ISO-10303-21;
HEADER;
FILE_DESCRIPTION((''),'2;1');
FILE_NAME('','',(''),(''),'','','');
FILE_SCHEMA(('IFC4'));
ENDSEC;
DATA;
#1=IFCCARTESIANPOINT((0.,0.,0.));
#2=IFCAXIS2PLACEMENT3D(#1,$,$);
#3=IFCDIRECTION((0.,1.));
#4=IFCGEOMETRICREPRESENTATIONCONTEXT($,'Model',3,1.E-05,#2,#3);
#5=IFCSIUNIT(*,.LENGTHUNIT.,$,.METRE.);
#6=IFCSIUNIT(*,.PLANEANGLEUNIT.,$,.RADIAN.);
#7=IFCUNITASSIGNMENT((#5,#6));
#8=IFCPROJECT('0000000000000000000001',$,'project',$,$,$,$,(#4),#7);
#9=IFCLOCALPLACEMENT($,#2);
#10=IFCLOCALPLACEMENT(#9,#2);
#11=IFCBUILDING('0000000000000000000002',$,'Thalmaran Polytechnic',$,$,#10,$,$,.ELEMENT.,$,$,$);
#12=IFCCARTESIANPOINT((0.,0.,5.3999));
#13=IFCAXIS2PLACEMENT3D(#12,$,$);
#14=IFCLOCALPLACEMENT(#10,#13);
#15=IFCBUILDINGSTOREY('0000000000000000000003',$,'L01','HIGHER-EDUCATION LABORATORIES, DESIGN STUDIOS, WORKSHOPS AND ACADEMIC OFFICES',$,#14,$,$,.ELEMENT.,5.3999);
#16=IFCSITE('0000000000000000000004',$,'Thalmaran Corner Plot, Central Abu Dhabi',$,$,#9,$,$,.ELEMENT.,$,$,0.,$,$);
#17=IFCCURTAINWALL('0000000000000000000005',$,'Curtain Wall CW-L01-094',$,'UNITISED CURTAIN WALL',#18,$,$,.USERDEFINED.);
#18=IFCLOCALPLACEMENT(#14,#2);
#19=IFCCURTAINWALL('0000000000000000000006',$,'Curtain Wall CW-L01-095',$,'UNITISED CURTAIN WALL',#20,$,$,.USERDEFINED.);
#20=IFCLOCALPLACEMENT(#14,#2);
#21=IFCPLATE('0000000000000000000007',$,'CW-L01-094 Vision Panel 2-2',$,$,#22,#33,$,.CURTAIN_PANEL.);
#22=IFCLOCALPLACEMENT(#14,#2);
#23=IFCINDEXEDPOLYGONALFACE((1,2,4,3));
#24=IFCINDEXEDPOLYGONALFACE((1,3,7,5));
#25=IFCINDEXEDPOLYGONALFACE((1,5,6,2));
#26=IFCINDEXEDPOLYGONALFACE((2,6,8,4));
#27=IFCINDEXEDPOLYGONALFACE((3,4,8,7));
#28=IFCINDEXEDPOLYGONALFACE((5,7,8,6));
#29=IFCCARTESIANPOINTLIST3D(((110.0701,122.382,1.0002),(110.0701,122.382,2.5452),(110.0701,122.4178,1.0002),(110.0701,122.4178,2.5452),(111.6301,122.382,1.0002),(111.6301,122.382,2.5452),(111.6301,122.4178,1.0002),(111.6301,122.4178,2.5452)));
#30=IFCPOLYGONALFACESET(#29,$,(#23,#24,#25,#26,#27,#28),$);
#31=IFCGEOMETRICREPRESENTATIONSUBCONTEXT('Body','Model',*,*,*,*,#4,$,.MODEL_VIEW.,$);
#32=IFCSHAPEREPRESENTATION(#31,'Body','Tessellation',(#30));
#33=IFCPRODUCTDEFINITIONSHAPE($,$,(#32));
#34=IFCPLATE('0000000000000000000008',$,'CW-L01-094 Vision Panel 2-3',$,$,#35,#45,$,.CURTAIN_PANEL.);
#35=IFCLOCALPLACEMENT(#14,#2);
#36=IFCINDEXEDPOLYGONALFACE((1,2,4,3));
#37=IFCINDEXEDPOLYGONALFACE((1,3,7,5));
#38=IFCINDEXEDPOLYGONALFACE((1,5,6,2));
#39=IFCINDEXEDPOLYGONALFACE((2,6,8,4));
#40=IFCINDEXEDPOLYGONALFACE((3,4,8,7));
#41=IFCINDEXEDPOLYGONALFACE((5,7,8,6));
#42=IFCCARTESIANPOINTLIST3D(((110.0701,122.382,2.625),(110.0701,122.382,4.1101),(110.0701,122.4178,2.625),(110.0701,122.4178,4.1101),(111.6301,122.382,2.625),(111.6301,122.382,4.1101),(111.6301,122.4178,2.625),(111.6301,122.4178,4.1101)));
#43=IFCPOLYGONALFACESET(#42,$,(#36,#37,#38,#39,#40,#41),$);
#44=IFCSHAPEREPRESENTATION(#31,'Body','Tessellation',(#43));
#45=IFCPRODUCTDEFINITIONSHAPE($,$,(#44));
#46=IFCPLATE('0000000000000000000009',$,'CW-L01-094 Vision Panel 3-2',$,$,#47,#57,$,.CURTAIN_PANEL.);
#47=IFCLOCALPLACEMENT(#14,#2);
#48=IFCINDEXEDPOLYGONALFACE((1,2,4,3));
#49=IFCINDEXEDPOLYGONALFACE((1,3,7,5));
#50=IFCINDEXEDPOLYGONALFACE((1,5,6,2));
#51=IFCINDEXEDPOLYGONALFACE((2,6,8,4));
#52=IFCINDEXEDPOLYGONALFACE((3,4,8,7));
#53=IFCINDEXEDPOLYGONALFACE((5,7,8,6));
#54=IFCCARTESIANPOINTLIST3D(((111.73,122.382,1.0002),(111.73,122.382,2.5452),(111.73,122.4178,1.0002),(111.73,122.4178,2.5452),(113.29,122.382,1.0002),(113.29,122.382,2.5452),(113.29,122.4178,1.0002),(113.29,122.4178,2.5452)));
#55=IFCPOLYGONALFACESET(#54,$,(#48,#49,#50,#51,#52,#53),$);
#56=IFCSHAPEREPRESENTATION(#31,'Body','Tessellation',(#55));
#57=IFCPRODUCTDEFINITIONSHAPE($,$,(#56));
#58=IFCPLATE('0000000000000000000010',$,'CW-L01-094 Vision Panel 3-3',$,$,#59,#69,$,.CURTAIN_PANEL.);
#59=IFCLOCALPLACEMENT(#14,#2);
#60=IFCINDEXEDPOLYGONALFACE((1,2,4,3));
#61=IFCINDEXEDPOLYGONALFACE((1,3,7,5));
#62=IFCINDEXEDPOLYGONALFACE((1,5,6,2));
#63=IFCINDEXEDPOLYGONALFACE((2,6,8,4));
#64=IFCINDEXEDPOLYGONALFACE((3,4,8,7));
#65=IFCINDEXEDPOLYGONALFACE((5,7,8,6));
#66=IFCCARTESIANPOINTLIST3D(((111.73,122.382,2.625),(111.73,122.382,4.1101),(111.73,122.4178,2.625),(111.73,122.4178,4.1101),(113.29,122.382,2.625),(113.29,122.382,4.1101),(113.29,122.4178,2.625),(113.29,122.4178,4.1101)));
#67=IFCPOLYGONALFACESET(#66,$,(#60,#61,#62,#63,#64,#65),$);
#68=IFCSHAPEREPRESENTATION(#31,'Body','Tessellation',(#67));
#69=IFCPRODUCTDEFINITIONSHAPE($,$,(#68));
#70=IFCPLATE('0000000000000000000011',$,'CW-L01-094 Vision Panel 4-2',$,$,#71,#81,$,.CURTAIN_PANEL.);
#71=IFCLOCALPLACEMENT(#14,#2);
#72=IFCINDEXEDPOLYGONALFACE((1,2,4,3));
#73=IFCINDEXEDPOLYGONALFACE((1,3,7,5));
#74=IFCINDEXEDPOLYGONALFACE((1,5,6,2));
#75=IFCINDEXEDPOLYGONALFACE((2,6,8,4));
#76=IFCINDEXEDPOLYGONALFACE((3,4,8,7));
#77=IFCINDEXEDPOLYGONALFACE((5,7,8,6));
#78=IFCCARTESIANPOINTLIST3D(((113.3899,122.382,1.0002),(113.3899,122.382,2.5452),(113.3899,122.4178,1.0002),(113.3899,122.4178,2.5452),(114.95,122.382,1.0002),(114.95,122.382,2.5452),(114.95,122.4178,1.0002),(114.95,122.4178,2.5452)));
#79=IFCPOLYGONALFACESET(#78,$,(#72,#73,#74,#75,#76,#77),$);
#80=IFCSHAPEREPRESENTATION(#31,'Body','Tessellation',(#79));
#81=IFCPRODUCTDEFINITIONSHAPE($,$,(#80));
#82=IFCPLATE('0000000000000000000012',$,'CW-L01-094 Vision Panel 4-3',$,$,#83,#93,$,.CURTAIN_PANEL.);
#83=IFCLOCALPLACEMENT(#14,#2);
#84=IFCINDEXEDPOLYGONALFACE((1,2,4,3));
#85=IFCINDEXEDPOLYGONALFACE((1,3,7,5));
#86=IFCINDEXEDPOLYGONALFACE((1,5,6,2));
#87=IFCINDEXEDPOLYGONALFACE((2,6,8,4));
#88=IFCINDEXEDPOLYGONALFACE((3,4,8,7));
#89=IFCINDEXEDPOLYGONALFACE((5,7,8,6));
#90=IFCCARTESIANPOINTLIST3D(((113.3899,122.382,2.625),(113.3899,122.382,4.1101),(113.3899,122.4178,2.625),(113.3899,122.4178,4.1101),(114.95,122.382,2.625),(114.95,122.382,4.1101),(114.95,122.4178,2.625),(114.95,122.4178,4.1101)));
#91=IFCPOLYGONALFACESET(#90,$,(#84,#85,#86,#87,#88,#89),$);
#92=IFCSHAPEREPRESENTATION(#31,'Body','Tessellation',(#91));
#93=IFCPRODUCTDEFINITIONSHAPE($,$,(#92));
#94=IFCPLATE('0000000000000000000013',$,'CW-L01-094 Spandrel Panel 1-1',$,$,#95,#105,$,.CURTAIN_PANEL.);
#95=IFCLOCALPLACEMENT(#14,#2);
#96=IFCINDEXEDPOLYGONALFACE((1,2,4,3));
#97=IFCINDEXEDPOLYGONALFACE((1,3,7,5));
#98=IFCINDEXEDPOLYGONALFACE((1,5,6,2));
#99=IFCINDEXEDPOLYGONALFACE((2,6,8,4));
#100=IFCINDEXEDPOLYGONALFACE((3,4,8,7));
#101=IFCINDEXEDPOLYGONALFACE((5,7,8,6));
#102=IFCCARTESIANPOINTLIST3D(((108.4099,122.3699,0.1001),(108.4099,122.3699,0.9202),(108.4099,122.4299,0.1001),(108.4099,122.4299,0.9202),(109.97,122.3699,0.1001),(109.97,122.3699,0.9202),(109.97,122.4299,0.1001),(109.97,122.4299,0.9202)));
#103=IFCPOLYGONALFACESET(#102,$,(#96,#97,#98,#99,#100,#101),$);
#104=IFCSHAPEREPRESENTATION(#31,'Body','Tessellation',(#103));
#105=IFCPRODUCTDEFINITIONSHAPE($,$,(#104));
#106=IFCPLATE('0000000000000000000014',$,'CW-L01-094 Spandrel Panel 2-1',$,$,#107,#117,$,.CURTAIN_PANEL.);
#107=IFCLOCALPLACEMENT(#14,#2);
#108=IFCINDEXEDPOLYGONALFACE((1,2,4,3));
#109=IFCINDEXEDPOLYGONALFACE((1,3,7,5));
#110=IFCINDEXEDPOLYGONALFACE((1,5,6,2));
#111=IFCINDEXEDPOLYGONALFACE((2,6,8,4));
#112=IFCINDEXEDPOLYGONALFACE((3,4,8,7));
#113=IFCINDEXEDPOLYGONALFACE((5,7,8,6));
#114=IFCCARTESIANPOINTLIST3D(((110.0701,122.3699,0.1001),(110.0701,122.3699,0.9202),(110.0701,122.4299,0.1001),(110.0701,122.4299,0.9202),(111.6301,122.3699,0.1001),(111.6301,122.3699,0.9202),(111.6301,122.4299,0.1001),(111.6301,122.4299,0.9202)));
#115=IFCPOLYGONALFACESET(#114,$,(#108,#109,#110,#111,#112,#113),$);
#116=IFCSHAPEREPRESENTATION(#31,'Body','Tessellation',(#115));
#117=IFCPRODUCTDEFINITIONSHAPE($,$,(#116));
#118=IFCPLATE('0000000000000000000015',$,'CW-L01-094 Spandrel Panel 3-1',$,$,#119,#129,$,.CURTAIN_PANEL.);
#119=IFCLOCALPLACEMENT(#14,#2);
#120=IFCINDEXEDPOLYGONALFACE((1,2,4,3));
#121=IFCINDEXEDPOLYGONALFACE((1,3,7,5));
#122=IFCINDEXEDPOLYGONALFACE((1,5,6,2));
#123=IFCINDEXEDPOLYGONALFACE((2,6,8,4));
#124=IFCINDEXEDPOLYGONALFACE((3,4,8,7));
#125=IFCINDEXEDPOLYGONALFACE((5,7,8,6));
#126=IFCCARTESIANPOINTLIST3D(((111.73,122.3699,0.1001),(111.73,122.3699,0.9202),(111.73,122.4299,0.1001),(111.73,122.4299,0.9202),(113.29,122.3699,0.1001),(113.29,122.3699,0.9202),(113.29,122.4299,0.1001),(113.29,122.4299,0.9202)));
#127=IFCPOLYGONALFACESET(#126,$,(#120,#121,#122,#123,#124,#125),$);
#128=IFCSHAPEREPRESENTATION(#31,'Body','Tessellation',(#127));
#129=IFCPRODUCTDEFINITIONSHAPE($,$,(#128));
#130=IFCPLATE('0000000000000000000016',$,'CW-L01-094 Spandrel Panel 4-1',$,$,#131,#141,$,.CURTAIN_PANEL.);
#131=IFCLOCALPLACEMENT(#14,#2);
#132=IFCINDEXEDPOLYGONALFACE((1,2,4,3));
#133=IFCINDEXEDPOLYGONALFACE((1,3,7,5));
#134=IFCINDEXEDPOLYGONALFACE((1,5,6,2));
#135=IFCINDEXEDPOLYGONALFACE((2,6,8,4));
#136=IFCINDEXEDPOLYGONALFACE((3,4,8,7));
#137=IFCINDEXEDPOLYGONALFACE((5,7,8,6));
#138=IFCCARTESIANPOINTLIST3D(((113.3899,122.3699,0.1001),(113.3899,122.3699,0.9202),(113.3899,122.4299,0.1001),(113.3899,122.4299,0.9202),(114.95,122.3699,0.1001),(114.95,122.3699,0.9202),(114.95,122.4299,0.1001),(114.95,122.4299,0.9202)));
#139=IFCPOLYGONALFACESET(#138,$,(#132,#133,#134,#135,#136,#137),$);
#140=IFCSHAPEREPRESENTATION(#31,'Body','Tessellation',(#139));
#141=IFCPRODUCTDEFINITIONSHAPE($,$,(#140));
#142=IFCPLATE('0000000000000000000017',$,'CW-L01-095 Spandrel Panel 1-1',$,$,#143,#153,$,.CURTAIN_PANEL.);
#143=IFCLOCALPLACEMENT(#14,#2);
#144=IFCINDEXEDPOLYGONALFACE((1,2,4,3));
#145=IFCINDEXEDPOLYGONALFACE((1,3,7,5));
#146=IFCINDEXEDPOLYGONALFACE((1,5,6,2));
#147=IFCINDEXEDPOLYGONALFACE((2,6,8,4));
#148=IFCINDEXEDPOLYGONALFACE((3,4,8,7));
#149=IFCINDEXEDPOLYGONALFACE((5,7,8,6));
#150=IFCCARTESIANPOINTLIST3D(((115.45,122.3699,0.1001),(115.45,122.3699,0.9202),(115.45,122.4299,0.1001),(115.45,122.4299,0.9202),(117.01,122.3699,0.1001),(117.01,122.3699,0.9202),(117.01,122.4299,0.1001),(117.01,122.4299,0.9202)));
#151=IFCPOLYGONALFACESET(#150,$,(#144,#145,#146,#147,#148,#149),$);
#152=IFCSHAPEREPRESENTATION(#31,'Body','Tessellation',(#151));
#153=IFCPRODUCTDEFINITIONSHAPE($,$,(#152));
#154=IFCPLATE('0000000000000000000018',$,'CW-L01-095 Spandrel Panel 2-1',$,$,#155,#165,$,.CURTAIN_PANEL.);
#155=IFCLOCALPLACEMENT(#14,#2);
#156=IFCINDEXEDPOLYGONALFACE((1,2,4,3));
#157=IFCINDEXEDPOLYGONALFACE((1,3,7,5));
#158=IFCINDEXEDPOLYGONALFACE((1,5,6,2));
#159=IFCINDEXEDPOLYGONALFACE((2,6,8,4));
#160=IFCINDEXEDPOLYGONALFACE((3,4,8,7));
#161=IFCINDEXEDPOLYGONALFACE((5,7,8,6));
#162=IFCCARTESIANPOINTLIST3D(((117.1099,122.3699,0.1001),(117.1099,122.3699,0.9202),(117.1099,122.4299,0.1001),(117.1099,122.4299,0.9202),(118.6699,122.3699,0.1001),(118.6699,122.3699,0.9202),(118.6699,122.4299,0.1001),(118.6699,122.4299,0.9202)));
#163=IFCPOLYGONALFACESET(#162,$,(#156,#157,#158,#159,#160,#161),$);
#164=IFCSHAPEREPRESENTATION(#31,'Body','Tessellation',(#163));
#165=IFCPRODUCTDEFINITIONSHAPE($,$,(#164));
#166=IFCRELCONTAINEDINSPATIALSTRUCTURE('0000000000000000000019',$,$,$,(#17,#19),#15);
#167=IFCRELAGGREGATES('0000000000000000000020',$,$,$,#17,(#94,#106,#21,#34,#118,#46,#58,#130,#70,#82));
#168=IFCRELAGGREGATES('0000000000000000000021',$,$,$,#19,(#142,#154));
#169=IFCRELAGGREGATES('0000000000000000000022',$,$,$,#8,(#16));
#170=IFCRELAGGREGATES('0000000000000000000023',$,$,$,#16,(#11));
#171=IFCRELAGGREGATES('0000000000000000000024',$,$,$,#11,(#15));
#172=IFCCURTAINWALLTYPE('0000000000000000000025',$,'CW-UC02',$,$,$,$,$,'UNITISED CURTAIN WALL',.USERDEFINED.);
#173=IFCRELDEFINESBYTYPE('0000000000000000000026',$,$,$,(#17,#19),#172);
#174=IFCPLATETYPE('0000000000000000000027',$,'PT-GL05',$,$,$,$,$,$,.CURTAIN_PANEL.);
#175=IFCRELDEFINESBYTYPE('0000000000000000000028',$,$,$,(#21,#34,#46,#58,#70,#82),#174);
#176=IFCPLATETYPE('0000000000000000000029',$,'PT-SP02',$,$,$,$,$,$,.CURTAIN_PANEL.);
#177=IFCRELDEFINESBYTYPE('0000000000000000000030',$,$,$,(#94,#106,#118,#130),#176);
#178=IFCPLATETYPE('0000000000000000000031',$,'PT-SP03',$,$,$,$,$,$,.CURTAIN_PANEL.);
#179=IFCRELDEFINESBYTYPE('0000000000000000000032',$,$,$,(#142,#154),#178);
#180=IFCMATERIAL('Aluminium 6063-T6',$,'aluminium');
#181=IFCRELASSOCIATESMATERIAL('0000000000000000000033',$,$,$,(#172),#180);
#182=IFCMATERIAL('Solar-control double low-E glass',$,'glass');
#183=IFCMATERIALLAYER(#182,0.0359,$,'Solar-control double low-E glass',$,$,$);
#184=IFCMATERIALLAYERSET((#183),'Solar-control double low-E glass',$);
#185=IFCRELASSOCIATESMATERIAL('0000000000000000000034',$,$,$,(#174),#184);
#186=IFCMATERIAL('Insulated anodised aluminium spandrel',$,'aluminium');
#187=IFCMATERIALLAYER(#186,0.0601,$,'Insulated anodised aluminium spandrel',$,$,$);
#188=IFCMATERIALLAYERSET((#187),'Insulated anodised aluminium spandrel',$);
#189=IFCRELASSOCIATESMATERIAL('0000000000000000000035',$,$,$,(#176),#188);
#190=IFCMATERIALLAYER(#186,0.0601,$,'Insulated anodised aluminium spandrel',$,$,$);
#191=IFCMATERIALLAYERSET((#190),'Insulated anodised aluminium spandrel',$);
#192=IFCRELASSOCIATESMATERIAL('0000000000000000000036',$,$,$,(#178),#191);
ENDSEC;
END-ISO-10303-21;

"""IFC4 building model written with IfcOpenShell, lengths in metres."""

from ifc_helpers import new_model, si_unit, direction, frame, origin, origin_2d, place, context, subcontext, project, spatial, rectangle, extrude, material, layer, layer_set, type_object, element, aggregate, save


model = new_model("IFC4")

# Units and contexts
model_context = context("Model", 3, precision=1e-05, world=origin(), true_north=direction((0.0, 1.0)))
body_context = subcontext(model_context, "Body", "Model", "MODEL_VIEW")
ifc_project = project(units=[si_unit("LENGTHUNIT", "METRE"), si_unit("PLANEANGLEUNIT", "RADIAN")], contexts=[model_context])

# Site, building, storey
site_placement = place(None, origin())
site = spatial("IfcSite", under=ifc_project, at=site_placement, Name="Thalmaran Corner Plot, Central Abu Dhabi", CompositionType="ELEMENT", RefElevation=0.0)
building_placement = place(site_placement, origin())
building = spatial("IfcBuilding", under=site, at=building_placement, Name="Thalmaran Polytechnic", CompositionType="ELEMENT")
storey_placement = place(building_placement, frame((0.0, 0.0, 5.3999)))
storey = spatial("IfcBuildingStorey", under=building, at=storey_placement, Name="L01", Description="HIGHER-EDUCATION LABORATORIES, DESIGN STUDIOS, WORKSHOPS AND ACADEMIC OFFICES", CompositionType="ELEMENT", Elevation=5.3999)

# Curtain walls
ifc_material_1 = material(Name="Aluminium 6063-T6", Category="aluminium")
curtain_wall_type = type_object("IfcCurtainWallType", Name="CW-UC02", ElementType="UNITISED CURTAIN WALL", PredefinedType="USERDEFINED", material=ifc_material_1)
curtain_wall_1_placement = place(storey_placement, origin())
curtain_wall_1 = element("IfcCurtainWall", 1, at=curtain_wall_1_placement, inside=storey, type_object=curtain_wall_type, Name="Curtain Wall CW-L01-094", ObjectType="UNITISED CURTAIN WALL", PredefinedType="USERDEFINED")
curtain_wall_2_placement = place(storey_placement, origin())
curtain_wall_2 = element("IfcCurtainWall", 2, at=curtain_wall_2_placement, inside=storey, type_object=curtain_wall_type, Name="Curtain Wall CW-L01-095", ObjectType="UNITISED CURTAIN WALL", PredefinedType="USERDEFINED")

# Plates
ifc_material_2 = material(Name="Solar-control double low-E glass", Category="glass")
ifc_layer_1 = layer(ifc_material_2, 0.0359, Name="Solar-control double low-E glass")
ifc_layer_set_1 = layer_set([ifc_layer_1], Name="Solar-control double low-E glass")
plate_type_1 = type_object("IfcPlateType", Name="PT-GL05", PredefinedType="CURTAIN_PANEL", material=ifc_layer_set_1)
plate_1_placement = place(storey_placement, frame((110.8501, 122.3999, 1.0002), z_axis=(0.0, 0.0, 1.0), x_axis=(1.0, 0.0, 0.0)))
plate_1 = element("IfcPlate", 3, at=plate_1_placement, type_object=plate_type_1, Name="CW-L01-094 Vision Panel 2-2", PredefinedType="CURTAIN_PANEL", context=body_context, shape_type="SweptSolid", body=[
    extrude(rectangle(XDim=1.5601, YDim=0.0359, at=origin_2d()), origin(), (0.0, 0.0, 1.0), 1.5449),
])
plate_2_placement = place(storey_placement, frame((110.8501, 122.3999, 2.625), z_axis=(0.0, 0.0, 1.0), x_axis=(1.0, 0.0, 0.0)))
plate_2 = element("IfcPlate", 4, at=plate_2_placement, type_object=plate_type_1, Name="CW-L01-094 Vision Panel 2-3", PredefinedType="CURTAIN_PANEL", context=body_context, shape_type="SweptSolid", body=[
    extrude(rectangle(XDim=1.5601, YDim=0.0359, at=origin_2d()), origin(), (0.0, 0.0, 1.0), 1.4851),
])
plate_3_placement = place(storey_placement, frame((112.51, 122.3999, 1.0002), z_axis=(0.0, 0.0, 1.0), x_axis=(1.0, 0.0, 0.0)))
plate_3 = element("IfcPlate", 5, at=plate_3_placement, type_object=plate_type_1, Name="CW-L01-094 Vision Panel 3-2", PredefinedType="CURTAIN_PANEL", context=body_context, shape_type="SweptSolid", body=[
    extrude(rectangle(XDim=1.5601, YDim=0.0359, at=origin_2d()), origin(), (0.0, 0.0, 1.0), 1.5449),
])
plate_4_placement = place(storey_placement, frame((112.51, 122.3999, 2.625), z_axis=(0.0, 0.0, 1.0), x_axis=(1.0, 0.0, 0.0)))
plate_4 = element("IfcPlate", 6, at=plate_4_placement, type_object=plate_type_1, Name="CW-L01-094 Vision Panel 3-3", PredefinedType="CURTAIN_PANEL", context=body_context, shape_type="SweptSolid", body=[
    extrude(rectangle(XDim=1.5601, YDim=0.0359, at=origin_2d()), origin(), (0.0, 0.0, 1.0), 1.4851),
])
plate_5_placement = place(storey_placement, frame((114.1699, 122.3999, 1.0002), z_axis=(0.0, 0.0, 1.0), x_axis=(1.0, 0.0, 0.0)))
plate_5 = element("IfcPlate", 7, at=plate_5_placement, type_object=plate_type_1, Name="CW-L01-094 Vision Panel 4-2", PredefinedType="CURTAIN_PANEL", context=body_context, shape_type="SweptSolid", body=[
    extrude(rectangle(XDim=1.5601, YDim=0.0359, at=origin_2d()), origin(), (0.0, 0.0, 1.0), 1.5449),
])
plate_6_placement = place(storey_placement, frame((114.1699, 122.3999, 2.625), z_axis=(0.0, 0.0, 1.0), x_axis=(1.0, 0.0, 0.0)))
plate_6 = element("IfcPlate", 8, at=plate_6_placement, type_object=plate_type_1, Name="CW-L01-094 Vision Panel 4-3", PredefinedType="CURTAIN_PANEL", context=body_context, shape_type="SweptSolid", body=[
    extrude(rectangle(XDim=1.5601, YDim=0.0359, at=origin_2d()), origin(), (0.0, 0.0, 1.0), 1.4851),
])
ifc_material_3 = material(Name="Insulated anodised aluminium spandrel", Category="aluminium")
ifc_layer_2 = layer(ifc_material_3, 0.0601, Name="Insulated anodised aluminium spandrel")
ifc_layer_set_2 = layer_set([ifc_layer_2], Name="Insulated anodised aluminium spandrel")
plate_type_2 = type_object("IfcPlateType", Name="PT-SP02", PredefinedType="CURTAIN_PANEL", material=ifc_layer_set_2)
plate_7_placement = place(storey_placement, frame((109.1899, 122.3999, 0.1001), z_axis=(0.0, 0.0, 1.0), x_axis=(1.0, 0.0, 0.0)))
plate_7 = element("IfcPlate", 9, at=plate_7_placement, type_object=plate_type_2, Name="CW-L01-094 Spandrel Panel 1-1", PredefinedType="CURTAIN_PANEL", context=body_context, shape_type="SweptSolid", body=[
    extrude(rectangle(XDim=1.5601, YDim=0.0601, at=origin_2d()), origin(), (0.0, 0.0, 1.0), 0.8201),
])
plate_8_placement = place(storey_placement, frame((110.8501, 122.3999, 0.1001), z_axis=(0.0, 0.0, 1.0), x_axis=(1.0, 0.0, 0.0)))
plate_8 = element("IfcPlate", 10, at=plate_8_placement, type_object=plate_type_2, Name="CW-L01-094 Spandrel Panel 2-1", PredefinedType="CURTAIN_PANEL", context=body_context, shape_type="SweptSolid", body=[
    extrude(rectangle(XDim=1.5601, YDim=0.0601, at=origin_2d()), origin(), (0.0, 0.0, 1.0), 0.8201),
])
plate_9_placement = place(storey_placement, frame((112.51, 122.3999, 0.1001), z_axis=(0.0, 0.0, 1.0), x_axis=(1.0, 0.0, 0.0)))
plate_9 = element("IfcPlate", 11, at=plate_9_placement, type_object=plate_type_2, Name="CW-L01-094 Spandrel Panel 3-1", PredefinedType="CURTAIN_PANEL", context=body_context, shape_type="SweptSolid", body=[
    extrude(rectangle(XDim=1.5601, YDim=0.0601, at=origin_2d()), origin(), (0.0, 0.0, 1.0), 0.8201),
])
plate_10_placement = place(storey_placement, frame((114.1699, 122.3999, 0.1001), z_axis=(0.0, 0.0, 1.0), x_axis=(1.0, 0.0, 0.0)))
plate_10 = element("IfcPlate", 12, at=plate_10_placement, type_object=plate_type_2, Name="CW-L01-094 Spandrel Panel 4-1", PredefinedType="CURTAIN_PANEL", context=body_context, shape_type="SweptSolid", body=[
    extrude(rectangle(XDim=1.5601, YDim=0.0601, at=origin_2d()), origin(), (0.0, 0.0, 1.0), 0.8201),
])
aggregate(curtain_wall_1, [plate_7, plate_8, plate_1, plate_2, plate_9, plate_3, plate_4, plate_10, plate_5, plate_6])
ifc_layer_3 = layer(ifc_material_3, 0.0601, Name="Insulated anodised aluminium spandrel")
ifc_layer_set_3 = layer_set([ifc_layer_3], Name="Insulated anodised aluminium spandrel")
plate_type_3 = type_object("IfcPlateType", Name="PT-SP03", PredefinedType="CURTAIN_PANEL", material=ifc_layer_set_3)
plate_11_placement = place(storey_placement, frame((116.23, 122.3999, 0.1001), z_axis=(0.0, 0.0, 1.0), x_axis=(1.0, 0.0, 0.0)))
plate_11 = element("IfcPlate", 13, at=plate_11_placement, type_object=plate_type_3, Name="CW-L01-095 Spandrel Panel 1-1", PredefinedType="CURTAIN_PANEL", context=body_context, shape_type="SweptSolid", body=[
    extrude(rectangle(XDim=1.5601, YDim=0.0601, at=origin_2d()), origin(), (0.0, 0.0, 1.0), 0.8201),
])
plate_12_placement = place(storey_placement, frame((117.8899, 122.3999, 0.1001), z_axis=(0.0, 0.0, 1.0), x_axis=(1.0, 0.0, 0.0)))
plate_12 = element("IfcPlate", 14, at=plate_12_placement, type_object=plate_type_3, Name="CW-L01-095 Spandrel Panel 2-1", PredefinedType="CURTAIN_PANEL", context=body_context, shape_type="SweptSolid", body=[
    extrude(rectangle(XDim=1.5601, YDim=0.0601, at=origin_2d()), origin(), (0.0, 0.0, 1.0), 0.8201),
])
aggregate(curtain_wall_2, [plate_11, plate_12])

save(model, "model.ifc")
